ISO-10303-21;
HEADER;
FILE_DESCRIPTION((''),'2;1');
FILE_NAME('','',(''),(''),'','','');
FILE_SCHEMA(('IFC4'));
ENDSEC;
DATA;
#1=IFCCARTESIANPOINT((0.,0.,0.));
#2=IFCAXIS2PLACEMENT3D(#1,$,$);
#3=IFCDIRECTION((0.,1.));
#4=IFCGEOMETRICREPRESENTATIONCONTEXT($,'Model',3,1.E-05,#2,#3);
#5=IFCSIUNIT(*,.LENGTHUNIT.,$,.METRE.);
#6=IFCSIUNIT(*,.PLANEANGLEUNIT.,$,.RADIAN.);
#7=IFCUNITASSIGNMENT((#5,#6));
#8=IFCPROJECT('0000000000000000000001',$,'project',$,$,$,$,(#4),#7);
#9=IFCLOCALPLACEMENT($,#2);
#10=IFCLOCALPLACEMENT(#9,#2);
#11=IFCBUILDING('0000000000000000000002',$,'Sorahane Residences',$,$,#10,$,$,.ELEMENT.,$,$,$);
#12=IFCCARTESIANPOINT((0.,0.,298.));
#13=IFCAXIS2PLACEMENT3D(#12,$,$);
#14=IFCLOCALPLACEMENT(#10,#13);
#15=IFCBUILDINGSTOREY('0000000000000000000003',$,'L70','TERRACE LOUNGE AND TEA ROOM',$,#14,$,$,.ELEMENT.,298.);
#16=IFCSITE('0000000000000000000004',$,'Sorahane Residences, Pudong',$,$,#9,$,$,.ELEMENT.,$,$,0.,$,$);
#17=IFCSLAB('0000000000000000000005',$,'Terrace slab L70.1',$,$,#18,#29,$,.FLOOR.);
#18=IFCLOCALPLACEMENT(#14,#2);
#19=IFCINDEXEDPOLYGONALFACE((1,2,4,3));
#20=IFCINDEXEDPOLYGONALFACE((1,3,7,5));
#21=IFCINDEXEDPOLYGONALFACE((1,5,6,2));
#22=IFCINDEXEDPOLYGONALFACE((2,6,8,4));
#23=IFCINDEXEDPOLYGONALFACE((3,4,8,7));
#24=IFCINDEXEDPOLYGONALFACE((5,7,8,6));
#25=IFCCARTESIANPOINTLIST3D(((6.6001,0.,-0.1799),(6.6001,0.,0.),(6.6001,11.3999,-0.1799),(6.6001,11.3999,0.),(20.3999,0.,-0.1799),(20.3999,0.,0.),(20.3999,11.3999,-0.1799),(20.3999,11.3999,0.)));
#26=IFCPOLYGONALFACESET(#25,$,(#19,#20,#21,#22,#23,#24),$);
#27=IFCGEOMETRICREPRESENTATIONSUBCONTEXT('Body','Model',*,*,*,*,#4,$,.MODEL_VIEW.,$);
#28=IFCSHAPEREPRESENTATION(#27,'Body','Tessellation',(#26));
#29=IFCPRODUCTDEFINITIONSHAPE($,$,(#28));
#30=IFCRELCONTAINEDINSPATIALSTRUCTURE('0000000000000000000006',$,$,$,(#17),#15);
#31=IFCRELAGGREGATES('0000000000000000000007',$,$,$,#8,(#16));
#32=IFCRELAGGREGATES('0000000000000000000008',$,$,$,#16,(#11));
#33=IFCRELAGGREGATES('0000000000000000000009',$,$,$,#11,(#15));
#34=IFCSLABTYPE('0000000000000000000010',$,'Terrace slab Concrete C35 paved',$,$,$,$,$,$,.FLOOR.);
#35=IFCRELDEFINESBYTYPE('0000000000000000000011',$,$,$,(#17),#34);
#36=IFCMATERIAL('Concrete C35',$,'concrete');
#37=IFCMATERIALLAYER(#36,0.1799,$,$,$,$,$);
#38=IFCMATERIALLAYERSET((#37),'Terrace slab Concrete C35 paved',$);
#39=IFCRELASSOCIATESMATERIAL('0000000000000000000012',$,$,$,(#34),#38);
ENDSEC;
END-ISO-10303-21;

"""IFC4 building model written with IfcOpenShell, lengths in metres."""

from ifc_helpers import new_model, si_unit, direction, frame, origin, place, context, subcontext, project, spatial, polyline, outline, extrude, material, layer, layer_set, type_object, element, save


model = new_model("IFC4")

# Units and contexts
model_context = context("Model", 3, precision=1e-05, world=origin(), true_north=direction((0.0, 1.0)))
body_context = subcontext(model_context, "Body", "Model", "MODEL_VIEW")
ifc_project = project(units=[si_unit("LENGTHUNIT", "METRE"), si_unit("PLANEANGLEUNIT", "RADIAN")], contexts=[model_context])

# Site, building, storey
site_placement = place(None, origin())
site = spatial("IfcSite", under=ifc_project, at=site_placement, Name="Sorahane Residences, Pudong", CompositionType="ELEMENT", RefElevation=0.0)
building_placement = place(site_placement, origin())
building = spatial("IfcBuilding", under=site, at=building_placement, Name="Sorahane Residences", CompositionType="ELEMENT")
storey_placement = place(building_placement, frame((0.0, 0.0, 298.0)))
storey = spatial("IfcBuildingStorey", under=building, at=storey_placement, Name="L70", Description="TERRACE LOUNGE AND TEA ROOM", CompositionType="ELEMENT", Elevation=298.0)

# Slab
ifc_material_1 = material(Name="Concrete C35", Category="concrete")
ifc_layer_1 = layer(ifc_material_1, 0.1799)
ifc_layer_set_1 = layer_set([ifc_layer_1], Name="Terrace slab Concrete C35 paved")
slab_type_1 = type_object("IfcSlabType", Name="Terrace slab Concrete C35 paved", PredefinedType="FLOOR", material=ifc_layer_set_1)
slab_1_placement = place(storey_placement, frame((0.0, 0.0, -0.1799)))
element("IfcSlab", 1, at=slab_1_placement, inside=storey, type_object=slab_type_1, Name="Terrace slab L70.1", PredefinedType="FLOOR", context=body_context, shape_type="SweptSolid", body=[
    extrude(outline(polyline([(6.6001, 0.0), (6.6001, 11.3999), (20.3999, 11.3999), (20.3999, 0.0), (6.6001, 0.0)])), origin(), (0.0, 0.0, 1.0), 0.1799),
])

save(model, "model.ifc")
